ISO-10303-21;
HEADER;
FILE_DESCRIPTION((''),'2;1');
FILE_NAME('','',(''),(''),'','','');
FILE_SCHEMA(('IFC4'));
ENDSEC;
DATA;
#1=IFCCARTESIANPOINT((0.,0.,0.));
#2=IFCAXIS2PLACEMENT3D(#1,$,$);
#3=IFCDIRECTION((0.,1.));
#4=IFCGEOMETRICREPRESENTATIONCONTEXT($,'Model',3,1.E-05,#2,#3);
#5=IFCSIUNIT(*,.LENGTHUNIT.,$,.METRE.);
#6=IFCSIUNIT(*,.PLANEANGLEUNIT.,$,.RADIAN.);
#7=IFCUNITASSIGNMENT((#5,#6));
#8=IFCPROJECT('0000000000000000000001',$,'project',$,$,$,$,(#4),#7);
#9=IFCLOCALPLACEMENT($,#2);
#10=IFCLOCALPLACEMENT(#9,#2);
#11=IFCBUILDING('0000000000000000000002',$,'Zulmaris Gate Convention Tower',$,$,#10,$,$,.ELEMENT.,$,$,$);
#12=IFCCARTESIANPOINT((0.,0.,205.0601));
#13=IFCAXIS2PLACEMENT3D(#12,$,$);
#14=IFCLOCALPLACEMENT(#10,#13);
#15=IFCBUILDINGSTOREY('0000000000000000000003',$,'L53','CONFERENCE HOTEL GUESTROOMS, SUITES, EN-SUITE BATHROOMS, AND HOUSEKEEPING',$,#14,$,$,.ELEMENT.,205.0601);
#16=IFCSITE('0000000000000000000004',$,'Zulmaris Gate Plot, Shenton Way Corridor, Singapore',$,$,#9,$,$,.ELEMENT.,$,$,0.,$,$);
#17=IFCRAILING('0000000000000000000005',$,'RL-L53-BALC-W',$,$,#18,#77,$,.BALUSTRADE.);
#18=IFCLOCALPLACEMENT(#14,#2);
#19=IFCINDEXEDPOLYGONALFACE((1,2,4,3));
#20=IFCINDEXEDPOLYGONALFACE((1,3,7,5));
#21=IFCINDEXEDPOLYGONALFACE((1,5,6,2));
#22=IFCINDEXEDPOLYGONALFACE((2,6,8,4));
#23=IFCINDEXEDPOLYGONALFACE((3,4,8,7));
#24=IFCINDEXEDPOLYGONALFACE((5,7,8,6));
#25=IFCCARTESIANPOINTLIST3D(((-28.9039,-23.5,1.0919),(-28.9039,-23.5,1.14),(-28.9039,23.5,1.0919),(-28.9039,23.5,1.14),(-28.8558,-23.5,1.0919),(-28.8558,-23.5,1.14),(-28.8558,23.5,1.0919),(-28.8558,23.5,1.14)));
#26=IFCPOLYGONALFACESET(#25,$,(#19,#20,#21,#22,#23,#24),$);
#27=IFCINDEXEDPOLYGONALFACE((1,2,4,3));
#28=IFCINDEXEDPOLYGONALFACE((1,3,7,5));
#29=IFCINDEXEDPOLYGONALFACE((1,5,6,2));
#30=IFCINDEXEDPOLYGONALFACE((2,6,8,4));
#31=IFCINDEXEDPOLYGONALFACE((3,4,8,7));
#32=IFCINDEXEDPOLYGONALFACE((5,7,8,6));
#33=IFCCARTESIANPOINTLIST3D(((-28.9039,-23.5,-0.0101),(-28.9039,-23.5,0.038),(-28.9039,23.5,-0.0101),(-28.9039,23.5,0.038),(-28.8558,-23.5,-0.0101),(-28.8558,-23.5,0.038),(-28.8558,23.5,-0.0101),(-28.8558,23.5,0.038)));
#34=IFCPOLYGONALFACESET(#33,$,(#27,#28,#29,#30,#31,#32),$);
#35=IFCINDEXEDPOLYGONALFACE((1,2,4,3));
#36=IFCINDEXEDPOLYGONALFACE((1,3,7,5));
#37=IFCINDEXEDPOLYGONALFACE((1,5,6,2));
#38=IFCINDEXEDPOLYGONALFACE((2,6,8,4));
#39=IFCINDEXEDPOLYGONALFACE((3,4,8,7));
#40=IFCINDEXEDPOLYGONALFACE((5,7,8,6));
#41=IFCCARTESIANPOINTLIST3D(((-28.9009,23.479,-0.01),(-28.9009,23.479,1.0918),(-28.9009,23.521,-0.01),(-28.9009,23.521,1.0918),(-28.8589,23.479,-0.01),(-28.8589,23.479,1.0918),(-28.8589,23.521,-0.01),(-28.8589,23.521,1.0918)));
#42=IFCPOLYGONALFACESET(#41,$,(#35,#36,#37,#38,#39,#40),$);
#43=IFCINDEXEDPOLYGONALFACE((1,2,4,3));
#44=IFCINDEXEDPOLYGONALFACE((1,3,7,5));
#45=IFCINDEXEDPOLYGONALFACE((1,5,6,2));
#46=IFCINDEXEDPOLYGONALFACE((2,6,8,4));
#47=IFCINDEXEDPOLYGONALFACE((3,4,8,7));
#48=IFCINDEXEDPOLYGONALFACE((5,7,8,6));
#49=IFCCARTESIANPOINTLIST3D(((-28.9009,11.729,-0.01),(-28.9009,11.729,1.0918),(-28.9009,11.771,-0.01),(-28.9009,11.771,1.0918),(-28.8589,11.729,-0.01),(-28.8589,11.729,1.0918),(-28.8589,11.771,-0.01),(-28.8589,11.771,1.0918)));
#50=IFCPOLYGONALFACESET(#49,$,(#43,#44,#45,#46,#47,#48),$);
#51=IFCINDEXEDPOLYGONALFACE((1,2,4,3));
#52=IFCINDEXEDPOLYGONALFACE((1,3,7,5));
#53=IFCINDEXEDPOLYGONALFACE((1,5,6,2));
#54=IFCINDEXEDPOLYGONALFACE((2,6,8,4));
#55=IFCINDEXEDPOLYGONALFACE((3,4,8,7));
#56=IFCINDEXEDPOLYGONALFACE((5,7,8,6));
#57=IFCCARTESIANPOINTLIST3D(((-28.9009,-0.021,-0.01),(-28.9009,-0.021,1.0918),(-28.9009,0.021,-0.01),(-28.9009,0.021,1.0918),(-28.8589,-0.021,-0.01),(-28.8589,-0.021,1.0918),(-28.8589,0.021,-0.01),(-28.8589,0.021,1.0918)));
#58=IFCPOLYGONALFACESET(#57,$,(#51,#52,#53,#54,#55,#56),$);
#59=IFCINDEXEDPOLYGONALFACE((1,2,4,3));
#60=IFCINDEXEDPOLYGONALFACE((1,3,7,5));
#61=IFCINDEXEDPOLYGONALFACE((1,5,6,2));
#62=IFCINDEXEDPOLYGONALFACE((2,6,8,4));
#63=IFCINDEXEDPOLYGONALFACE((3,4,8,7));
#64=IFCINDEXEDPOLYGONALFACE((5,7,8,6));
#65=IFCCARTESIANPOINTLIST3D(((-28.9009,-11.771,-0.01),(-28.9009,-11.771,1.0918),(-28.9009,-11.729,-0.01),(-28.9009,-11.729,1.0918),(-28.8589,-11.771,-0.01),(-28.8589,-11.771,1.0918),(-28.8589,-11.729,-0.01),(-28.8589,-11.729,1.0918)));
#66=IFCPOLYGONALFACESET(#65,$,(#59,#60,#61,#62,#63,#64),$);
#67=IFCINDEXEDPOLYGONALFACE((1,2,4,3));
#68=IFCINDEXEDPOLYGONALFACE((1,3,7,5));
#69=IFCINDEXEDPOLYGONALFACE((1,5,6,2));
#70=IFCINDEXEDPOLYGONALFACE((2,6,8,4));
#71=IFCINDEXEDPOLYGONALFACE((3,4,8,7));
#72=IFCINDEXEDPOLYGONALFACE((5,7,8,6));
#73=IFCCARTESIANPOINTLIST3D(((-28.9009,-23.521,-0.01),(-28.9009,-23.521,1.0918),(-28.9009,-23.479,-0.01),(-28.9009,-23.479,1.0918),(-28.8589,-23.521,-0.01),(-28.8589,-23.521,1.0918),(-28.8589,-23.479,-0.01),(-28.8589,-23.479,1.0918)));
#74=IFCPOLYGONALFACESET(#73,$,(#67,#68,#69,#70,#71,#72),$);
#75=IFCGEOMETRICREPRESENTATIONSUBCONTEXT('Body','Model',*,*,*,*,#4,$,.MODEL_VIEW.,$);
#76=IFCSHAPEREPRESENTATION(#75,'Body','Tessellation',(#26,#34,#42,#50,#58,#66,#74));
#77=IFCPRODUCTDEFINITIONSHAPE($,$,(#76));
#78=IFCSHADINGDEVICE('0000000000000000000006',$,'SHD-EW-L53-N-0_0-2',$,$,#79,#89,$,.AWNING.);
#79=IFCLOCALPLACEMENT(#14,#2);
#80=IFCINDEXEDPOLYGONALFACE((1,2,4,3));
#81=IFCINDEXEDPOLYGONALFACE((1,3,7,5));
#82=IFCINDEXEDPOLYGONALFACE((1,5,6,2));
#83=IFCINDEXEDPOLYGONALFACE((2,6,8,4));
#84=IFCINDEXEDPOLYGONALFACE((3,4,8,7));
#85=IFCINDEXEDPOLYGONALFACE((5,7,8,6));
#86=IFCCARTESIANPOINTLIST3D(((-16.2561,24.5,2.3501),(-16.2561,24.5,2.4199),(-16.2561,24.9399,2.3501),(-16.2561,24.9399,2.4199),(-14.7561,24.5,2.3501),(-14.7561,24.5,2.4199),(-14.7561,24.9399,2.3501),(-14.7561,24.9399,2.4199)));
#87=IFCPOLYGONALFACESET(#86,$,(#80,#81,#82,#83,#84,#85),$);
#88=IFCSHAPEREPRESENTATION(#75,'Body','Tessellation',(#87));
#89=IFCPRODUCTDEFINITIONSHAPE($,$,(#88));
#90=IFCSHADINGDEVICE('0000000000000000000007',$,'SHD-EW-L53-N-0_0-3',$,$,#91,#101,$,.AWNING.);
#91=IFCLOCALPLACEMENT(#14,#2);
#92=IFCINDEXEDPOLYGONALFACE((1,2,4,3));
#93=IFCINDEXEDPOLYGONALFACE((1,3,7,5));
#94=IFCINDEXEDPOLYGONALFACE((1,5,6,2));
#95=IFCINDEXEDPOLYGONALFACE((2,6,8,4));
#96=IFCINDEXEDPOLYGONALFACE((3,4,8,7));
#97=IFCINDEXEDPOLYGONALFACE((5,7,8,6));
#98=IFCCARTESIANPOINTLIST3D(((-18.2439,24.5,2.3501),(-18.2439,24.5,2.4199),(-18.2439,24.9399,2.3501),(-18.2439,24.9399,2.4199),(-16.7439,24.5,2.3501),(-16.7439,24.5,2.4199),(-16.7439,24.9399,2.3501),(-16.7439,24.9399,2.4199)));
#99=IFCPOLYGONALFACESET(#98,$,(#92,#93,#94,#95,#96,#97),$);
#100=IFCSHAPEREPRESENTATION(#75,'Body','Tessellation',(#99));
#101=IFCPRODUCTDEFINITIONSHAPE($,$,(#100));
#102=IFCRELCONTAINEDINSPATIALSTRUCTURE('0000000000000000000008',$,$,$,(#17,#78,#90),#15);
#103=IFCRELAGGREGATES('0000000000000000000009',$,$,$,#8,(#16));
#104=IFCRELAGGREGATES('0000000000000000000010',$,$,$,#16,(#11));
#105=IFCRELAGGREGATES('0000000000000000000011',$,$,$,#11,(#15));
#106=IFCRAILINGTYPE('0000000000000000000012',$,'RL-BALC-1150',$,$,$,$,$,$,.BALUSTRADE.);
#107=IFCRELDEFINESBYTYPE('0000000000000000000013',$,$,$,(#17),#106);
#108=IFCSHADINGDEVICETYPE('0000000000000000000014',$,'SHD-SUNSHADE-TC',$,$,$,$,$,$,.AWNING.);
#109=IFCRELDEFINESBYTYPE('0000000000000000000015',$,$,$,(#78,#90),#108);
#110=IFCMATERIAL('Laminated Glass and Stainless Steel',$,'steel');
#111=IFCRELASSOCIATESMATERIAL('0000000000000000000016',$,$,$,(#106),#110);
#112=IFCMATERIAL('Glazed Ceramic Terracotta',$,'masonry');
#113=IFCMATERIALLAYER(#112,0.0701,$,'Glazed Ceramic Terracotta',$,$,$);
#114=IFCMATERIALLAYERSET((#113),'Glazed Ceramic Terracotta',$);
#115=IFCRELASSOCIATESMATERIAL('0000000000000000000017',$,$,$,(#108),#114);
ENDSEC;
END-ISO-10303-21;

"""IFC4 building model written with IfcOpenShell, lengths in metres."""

from ifc_helpers import new_model, si_unit, direction, frame, frame_2d, origin, origin_2d, place, context, subcontext, project, spatial, rectangle, extrude, material, layer, layer_set, type_object, element, save


model = new_model("IFC4")

# Units and contexts
model_context = context("Model", 3, precision=1e-05, world=origin(), true_north=direction((0.0, 1.0)))
body_context = subcontext(model_context, "Body", "Model", "MODEL_VIEW")
ifc_project = project(units=[si_unit("LENGTHUNIT", "METRE"), si_unit("PLANEANGLEUNIT", "RADIAN")], contexts=[model_context])

# Site, building, storey
site_placement = place(None, origin())
site = spatial("IfcSite", under=ifc_project, at=site_placement, Name="Zulmaris Gate Plot, Shenton Way Corridor, Singapore", CompositionType="ELEMENT", RefElevation=0.0)
building_placement = place(site_placement, origin())
building = spatial("IfcBuilding", under=site, at=building_placement, Name="Zulmaris Gate Convention Tower", CompositionType="ELEMENT")
storey_placement = place(building_placement, frame((0.0, 0.0, 205.0601)))
storey = spatial("IfcBuildingStorey", under=building, at=storey_placement, Name="L53", Description="CONFERENCE HOTEL GUESTROOMS, SUITES, EN-SUITE BATHROOMS, AND HOUSEKEEPING", CompositionType="ELEMENT", Elevation=205.0601)

# Railing
ifc_material_1 = material(Name="Laminated Glass and Stainless Steel", Category="steel")
railing_type = type_object("IfcRailingType", Name="RL-BALC-1150", PredefinedType="BALUSTRADE", material=ifc_material_1)
railing_placement = place(storey_placement, frame((-28.8799, 23.5, -0.01)))
element("IfcRailing", 1, at=railing_placement, inside=storey, type_object=railing_type, Name="RL-L53-BALC-W", PredefinedType="BALUSTRADE", context=body_context, shape_type="SweptSolid", body=[
    extrude(rectangle(XDim=0.0481, YDim=0.0481, at=origin_2d()), frame((0.0, 0.0, 1.126), z_axis=(0.0, -1.0, 0.0), x_axis=(1.0, 0.0, 0.0)), (0.0, 0.0, 1.0), 47.0),
    extrude(rectangle(XDim=0.0481, YDim=0.0481, at=origin_2d()), frame((0.0, 0.0, 0.0239), z_axis=(0.0, -1.0, 0.0), x_axis=(1.0, 0.0, 0.0)), (0.0, 0.0, 1.0), 47.0),
    extrude(rectangle(XDim=0.042, YDim=0.042, at=origin_2d()), origin(), (0.0, 0.0, 1.0), 1.1018),
    extrude(rectangle(XDim=0.042, YDim=0.042, at=origin_2d()), frame((0.0, -11.75, 0.0)), (0.0, 0.0, 1.0), 1.1018),
    extrude(rectangle(XDim=0.042, YDim=0.042, at=origin_2d()), frame((0.0, -23.5, 0.0)), (0.0, 0.0, 1.0), 1.1018),
    extrude(rectangle(XDim=0.042, YDim=0.042, at=origin_2d()), frame((0.0, -35.25, 0.0)), (0.0, 0.0, 1.0), 1.1018),
    extrude(rectangle(XDim=0.042, YDim=0.042, at=origin_2d()), frame((0.0, -47.0, 0.0)), (0.0, 0.0, 1.0), 1.1018),
])

# Shading devices
ifc_material_2 = material(Name="Glazed Ceramic Terracotta", Category="masonry")
ifc_layer_1 = layer(ifc_material_2, 0.0701, Name="Glazed Ceramic Terracotta")
ifc_layer_set_1 = layer_set([ifc_layer_1], Name="Glazed Ceramic Terracotta")
shading_device_type = type_object("IfcShadingDeviceType", Name="SHD-SUNSHADE-TC", PredefinedType="AWNING", material=ifc_layer_set_1)
for number, where, z_axis, x_axis, name in (
    (2, (-14.7561, 24.72, 2.3501), (0.0, 0.0, 1.0), (-1.0, 0.0, 0.0), "SHD-EW-L53-N-0_0-2"),
    (3, (-16.7439, 24.72, 2.3501), (0.0, 0.0, 1.0), (-1.0, 0.0, 0.0), "SHD-EW-L53-N-0_0-3"),
):
    element("IfcShadingDevice", number, at=place(storey_placement, frame(where, z_axis=z_axis, x_axis=x_axis)), inside=storey, type_object=shading_device_type, Name=name, PredefinedType="AWNING", context=body_context, shape_type="SweptSolid", body=[
        extrude(rectangle(XDim=1.5, YDim=0.4399, at=frame_2d((0.75, 0.0))), origin(), (0.0, 0.0, 1.0), 0.0698),
    ])

save(model, "model.ifc")
